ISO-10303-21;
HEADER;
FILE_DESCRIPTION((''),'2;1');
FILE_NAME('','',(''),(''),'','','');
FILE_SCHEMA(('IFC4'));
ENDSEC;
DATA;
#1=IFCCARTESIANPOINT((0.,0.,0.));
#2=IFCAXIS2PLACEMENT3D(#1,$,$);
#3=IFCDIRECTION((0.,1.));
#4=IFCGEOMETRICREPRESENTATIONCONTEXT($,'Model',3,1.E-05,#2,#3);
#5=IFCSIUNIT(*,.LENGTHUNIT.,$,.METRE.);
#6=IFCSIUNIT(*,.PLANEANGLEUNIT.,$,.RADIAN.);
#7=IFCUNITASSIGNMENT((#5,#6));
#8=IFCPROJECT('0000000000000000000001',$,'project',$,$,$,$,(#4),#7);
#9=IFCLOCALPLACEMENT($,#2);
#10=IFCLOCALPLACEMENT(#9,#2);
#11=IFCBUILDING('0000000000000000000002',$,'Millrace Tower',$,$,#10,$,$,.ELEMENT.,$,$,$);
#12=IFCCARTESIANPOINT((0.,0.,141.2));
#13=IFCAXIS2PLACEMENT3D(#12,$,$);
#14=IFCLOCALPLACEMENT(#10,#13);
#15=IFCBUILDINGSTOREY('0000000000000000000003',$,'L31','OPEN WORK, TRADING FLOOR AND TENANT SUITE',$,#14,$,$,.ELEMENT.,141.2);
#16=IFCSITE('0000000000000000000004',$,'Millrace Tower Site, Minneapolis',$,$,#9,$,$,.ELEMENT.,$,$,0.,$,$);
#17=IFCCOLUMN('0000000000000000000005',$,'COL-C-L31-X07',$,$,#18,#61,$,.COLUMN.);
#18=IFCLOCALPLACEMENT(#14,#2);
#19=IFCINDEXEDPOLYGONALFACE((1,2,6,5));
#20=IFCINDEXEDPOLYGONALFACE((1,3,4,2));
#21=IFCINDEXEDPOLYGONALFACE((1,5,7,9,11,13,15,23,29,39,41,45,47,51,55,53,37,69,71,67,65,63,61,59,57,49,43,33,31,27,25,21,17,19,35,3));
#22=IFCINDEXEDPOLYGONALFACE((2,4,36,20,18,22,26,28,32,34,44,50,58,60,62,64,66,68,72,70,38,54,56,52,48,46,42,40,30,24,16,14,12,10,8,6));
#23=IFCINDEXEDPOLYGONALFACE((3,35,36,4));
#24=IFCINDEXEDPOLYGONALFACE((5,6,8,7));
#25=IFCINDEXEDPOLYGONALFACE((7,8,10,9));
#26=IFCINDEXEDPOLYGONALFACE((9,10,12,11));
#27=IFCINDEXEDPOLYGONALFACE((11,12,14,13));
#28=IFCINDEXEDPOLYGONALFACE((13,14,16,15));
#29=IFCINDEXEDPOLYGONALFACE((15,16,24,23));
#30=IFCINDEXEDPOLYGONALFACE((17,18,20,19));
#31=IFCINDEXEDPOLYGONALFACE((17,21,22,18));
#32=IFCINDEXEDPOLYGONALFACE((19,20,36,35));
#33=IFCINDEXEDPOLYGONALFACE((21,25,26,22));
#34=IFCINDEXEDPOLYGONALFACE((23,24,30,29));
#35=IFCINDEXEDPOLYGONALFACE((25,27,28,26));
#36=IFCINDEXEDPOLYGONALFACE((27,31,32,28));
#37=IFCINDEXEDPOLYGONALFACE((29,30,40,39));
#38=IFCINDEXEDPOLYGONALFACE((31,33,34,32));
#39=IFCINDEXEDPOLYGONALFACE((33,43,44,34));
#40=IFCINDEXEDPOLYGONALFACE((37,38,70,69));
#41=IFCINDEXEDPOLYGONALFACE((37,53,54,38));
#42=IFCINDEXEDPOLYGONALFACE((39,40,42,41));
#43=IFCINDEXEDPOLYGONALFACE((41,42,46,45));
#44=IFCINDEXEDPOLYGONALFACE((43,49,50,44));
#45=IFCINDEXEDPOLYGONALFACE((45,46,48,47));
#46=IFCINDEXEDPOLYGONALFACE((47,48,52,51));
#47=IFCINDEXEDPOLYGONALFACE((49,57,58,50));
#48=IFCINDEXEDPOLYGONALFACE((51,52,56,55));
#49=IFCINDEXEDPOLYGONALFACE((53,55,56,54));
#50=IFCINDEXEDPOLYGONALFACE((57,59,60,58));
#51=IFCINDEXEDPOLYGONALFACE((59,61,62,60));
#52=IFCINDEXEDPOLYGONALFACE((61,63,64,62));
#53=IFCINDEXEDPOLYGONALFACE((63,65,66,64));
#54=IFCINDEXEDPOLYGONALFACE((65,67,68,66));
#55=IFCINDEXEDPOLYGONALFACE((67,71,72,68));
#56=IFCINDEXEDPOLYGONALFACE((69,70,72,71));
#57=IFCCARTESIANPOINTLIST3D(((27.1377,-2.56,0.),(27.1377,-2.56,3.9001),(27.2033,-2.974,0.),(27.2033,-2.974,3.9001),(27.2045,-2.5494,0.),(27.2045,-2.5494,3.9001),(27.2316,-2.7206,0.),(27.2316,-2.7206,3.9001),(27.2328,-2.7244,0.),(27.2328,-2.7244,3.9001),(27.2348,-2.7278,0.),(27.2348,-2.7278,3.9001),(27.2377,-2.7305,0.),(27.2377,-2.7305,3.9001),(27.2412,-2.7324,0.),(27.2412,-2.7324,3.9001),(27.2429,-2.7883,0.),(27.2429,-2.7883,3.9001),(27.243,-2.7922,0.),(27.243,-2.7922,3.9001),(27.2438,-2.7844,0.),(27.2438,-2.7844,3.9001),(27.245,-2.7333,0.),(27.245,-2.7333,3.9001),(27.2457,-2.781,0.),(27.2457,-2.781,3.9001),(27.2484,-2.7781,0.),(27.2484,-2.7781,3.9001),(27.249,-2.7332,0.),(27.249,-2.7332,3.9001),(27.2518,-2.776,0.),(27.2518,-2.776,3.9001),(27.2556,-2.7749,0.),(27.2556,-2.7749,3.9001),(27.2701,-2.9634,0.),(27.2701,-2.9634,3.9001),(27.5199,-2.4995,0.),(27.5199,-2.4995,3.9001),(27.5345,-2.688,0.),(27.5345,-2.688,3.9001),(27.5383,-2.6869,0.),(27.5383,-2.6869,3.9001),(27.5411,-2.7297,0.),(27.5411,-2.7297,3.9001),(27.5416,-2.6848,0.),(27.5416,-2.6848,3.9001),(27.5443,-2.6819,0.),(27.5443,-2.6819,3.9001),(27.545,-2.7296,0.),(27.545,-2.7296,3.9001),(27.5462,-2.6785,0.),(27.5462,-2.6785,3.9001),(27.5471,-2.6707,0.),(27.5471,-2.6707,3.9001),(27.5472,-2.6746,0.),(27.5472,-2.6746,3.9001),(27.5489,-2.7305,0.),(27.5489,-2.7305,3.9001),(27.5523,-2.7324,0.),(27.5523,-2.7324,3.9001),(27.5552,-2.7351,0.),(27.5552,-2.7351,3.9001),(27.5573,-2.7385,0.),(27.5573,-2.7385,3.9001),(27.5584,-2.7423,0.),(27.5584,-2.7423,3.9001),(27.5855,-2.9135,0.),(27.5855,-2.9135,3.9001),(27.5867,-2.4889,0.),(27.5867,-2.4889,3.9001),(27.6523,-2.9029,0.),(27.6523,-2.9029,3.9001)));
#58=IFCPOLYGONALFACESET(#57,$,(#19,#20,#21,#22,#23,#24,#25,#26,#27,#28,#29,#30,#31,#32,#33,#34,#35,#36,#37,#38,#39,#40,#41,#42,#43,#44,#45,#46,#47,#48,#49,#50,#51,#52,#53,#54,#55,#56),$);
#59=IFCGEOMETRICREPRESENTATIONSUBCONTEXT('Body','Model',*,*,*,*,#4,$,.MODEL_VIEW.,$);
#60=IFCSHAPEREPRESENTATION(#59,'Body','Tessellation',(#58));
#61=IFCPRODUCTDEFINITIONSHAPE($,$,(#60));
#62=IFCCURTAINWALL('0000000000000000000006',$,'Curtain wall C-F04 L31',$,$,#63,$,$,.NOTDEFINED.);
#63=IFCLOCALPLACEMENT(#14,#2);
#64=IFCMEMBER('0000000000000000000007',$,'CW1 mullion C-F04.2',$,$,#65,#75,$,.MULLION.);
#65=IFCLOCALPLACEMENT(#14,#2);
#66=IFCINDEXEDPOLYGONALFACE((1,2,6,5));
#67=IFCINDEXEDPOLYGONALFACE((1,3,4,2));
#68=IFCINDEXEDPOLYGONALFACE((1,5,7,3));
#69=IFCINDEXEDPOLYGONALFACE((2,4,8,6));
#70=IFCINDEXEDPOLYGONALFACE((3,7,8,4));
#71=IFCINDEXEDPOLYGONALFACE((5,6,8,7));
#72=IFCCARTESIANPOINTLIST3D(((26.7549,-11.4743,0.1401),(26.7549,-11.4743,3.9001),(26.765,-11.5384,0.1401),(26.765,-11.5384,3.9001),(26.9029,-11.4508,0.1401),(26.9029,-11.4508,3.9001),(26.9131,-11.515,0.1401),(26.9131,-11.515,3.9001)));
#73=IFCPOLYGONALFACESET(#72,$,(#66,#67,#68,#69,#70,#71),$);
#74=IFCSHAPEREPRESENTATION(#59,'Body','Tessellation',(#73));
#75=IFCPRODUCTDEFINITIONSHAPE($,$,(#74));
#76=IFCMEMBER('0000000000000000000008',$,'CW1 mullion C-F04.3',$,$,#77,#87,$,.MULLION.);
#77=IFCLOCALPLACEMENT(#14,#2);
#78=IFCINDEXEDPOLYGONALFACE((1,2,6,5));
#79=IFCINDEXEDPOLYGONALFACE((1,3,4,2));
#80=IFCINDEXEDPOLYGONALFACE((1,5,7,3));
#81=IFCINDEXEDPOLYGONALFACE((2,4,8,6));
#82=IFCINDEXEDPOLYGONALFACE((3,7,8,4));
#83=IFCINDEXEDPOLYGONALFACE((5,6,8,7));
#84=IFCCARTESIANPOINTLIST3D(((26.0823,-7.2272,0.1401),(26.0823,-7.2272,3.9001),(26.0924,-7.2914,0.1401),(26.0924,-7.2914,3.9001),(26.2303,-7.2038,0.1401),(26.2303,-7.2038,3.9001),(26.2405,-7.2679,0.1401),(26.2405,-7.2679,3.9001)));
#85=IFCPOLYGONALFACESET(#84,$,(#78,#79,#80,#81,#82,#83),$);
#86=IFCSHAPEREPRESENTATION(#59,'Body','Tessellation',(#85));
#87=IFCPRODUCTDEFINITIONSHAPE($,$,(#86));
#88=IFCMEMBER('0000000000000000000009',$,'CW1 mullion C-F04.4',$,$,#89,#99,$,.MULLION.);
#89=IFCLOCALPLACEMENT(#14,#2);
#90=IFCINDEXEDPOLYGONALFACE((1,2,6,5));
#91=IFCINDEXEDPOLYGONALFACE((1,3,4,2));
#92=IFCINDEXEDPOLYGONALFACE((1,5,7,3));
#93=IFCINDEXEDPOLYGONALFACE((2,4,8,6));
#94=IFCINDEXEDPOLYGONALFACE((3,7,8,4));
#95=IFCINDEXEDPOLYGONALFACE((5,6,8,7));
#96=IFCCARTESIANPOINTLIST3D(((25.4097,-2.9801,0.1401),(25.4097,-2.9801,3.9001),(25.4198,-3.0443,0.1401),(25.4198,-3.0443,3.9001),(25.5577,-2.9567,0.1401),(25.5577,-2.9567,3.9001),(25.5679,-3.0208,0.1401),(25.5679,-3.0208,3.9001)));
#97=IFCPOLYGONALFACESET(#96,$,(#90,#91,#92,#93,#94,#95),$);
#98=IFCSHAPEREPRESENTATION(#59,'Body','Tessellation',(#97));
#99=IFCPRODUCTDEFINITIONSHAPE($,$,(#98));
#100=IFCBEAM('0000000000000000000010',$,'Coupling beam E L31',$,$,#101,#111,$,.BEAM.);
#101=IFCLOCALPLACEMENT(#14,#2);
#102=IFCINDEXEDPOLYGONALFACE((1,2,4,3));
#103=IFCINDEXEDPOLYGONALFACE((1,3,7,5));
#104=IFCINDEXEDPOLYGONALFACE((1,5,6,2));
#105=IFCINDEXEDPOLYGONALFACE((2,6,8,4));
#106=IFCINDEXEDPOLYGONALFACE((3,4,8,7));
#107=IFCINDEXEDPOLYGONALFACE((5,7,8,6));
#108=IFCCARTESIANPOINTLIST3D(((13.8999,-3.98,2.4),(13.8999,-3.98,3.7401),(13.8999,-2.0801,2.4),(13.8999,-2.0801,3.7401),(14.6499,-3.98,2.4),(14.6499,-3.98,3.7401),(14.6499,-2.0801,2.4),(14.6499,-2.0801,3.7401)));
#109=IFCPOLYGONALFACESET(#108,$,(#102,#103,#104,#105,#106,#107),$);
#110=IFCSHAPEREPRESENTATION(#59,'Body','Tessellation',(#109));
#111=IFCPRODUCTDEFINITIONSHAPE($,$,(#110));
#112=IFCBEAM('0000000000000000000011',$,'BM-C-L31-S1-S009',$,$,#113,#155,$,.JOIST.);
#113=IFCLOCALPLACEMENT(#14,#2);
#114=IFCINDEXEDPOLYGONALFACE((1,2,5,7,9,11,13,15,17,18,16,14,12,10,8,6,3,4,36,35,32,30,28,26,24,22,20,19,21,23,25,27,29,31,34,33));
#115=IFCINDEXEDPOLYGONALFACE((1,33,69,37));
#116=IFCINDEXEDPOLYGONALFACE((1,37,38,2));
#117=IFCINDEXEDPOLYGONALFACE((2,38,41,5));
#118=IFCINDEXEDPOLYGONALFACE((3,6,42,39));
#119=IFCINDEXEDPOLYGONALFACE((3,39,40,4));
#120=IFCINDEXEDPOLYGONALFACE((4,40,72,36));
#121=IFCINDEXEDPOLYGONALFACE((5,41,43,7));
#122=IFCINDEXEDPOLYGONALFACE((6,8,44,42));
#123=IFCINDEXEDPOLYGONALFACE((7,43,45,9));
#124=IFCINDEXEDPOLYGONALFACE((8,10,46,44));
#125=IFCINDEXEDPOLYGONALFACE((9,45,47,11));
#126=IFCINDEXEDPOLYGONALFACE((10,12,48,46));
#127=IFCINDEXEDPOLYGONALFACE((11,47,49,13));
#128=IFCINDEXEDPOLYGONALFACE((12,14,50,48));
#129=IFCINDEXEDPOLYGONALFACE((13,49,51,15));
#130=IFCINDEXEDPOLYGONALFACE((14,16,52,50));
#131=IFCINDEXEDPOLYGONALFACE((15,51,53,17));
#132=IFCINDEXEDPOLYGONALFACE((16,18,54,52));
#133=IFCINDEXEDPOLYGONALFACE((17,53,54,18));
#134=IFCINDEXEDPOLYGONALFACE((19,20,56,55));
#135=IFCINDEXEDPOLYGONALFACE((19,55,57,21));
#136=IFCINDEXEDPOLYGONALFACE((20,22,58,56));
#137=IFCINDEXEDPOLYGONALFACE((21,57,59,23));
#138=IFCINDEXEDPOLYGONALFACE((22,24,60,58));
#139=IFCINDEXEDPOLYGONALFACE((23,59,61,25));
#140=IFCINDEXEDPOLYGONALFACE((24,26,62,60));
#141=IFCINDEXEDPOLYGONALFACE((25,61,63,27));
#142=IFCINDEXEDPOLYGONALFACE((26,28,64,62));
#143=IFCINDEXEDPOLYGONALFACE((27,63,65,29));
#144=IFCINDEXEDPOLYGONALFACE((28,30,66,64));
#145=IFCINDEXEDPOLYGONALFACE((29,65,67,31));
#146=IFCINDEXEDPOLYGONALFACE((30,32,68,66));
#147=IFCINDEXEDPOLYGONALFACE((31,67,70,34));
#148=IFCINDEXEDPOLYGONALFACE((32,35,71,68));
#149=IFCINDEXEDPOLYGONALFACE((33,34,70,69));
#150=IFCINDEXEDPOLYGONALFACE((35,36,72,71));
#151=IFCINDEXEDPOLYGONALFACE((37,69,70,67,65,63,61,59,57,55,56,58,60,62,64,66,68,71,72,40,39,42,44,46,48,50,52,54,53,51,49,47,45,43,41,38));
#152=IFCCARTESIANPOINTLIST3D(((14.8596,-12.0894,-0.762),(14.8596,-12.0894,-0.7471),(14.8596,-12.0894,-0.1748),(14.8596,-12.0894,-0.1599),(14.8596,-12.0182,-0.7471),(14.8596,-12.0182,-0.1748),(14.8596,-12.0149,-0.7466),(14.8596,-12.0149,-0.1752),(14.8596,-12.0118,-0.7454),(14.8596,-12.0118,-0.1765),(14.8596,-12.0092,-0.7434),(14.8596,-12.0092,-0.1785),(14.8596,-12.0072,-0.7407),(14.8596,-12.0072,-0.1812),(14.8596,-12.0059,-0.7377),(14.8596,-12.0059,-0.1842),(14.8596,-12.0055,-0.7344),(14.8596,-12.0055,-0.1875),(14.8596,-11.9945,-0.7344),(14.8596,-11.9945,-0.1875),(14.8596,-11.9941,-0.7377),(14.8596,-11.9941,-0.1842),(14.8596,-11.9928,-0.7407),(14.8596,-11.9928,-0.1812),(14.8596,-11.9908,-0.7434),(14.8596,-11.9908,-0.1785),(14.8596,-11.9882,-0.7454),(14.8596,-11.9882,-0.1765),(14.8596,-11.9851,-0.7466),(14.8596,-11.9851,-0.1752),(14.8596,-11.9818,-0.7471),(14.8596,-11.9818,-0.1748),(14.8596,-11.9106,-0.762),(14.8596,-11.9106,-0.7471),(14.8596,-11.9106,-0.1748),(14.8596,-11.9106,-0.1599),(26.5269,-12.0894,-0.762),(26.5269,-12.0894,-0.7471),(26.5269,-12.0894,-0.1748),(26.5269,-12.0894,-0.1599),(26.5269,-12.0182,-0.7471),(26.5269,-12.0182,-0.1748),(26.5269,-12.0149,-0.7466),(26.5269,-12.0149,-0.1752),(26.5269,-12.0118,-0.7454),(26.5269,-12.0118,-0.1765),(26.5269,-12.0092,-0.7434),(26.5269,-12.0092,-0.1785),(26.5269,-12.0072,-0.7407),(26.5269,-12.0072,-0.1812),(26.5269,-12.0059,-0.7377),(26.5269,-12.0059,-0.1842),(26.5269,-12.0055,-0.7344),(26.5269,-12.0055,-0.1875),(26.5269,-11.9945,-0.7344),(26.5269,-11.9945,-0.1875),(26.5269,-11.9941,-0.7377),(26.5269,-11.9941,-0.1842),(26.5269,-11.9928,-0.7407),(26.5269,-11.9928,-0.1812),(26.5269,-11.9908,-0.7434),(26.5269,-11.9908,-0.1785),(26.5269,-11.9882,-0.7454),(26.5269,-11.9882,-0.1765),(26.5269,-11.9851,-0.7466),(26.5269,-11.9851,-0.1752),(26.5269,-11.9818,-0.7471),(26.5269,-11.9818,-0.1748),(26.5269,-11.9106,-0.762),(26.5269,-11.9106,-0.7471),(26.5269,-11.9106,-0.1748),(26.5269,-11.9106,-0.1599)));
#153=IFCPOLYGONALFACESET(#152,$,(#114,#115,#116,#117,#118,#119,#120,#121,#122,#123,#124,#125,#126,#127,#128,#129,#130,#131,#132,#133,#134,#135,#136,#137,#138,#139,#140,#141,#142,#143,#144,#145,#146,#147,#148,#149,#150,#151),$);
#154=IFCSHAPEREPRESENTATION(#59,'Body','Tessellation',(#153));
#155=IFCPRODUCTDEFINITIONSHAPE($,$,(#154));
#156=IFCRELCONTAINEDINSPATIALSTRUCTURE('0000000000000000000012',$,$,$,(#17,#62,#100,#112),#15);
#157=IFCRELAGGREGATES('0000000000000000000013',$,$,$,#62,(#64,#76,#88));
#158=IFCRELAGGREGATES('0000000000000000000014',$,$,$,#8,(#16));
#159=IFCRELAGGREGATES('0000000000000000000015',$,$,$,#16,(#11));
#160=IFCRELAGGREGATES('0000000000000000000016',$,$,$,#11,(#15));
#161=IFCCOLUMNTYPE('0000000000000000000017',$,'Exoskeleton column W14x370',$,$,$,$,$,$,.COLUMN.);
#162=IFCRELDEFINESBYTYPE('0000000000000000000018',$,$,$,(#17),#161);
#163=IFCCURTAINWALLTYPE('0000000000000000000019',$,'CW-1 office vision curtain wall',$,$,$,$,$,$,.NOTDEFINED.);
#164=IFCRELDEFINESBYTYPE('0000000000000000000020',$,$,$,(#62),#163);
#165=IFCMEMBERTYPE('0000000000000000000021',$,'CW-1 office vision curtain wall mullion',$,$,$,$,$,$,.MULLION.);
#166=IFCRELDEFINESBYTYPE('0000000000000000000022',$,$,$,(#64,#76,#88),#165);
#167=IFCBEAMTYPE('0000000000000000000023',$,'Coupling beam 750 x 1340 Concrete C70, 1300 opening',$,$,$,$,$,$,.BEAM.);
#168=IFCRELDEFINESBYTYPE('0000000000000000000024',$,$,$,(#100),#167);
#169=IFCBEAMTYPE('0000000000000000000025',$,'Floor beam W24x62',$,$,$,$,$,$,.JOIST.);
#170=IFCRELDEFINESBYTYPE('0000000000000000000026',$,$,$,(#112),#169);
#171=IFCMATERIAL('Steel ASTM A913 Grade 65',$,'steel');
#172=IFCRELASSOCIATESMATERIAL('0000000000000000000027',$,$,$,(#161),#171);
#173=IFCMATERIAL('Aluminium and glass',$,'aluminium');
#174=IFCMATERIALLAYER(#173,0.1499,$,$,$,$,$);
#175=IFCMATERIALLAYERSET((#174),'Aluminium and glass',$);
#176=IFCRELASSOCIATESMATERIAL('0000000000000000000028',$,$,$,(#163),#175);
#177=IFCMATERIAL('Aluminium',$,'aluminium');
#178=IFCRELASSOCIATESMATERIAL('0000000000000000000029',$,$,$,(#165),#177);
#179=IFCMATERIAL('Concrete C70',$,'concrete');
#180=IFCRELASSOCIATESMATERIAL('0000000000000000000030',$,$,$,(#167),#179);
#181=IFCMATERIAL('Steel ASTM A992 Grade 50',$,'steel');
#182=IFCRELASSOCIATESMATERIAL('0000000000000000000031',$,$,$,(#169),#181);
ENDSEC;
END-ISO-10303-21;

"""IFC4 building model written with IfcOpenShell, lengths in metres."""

from ifc_helpers import new_model, si_unit, direction, frame, origin, origin_2d, place, context, subcontext, project, spatial, rectangle, i_section, extrude, material, layer, layer_set, material_profile, profile_set, type_object, element, aggregate, save


model = new_model("IFC4")

# Units and contexts
model_context = context("Model", 3, precision=1e-05, world=origin(), true_north=direction((0.0, 1.0)))
body_context = subcontext(model_context, "Body", "Model", "MODEL_VIEW")
ifc_project = project(units=[si_unit("LENGTHUNIT", "METRE"), si_unit("PLANEANGLEUNIT", "RADIAN")], contexts=[model_context])

# Site, building, storey
site_placement = place(None, origin())
site = spatial("IfcSite", under=ifc_project, at=site_placement, Name="Millrace Tower Site, Minneapolis", CompositionType="ELEMENT", RefElevation=0.0)
building_placement = place(site_placement, origin())
building = spatial("IfcBuilding", under=site, at=building_placement, Name="Millrace Tower", CompositionType="ELEMENT")
storey_placement = place(building_placement, frame((0.0, 0.0, 141.2)))
storey = spatial("IfcBuildingStorey", under=building, at=storey_placement, Name="L31", Description="OPEN WORK, TRADING FLOOR AND TENANT SUITE", CompositionType="ELEMENT", Elevation=141.2)

# Column
ifc_material_1 = material(Name="Steel ASTM A913 Grade 65", Category="steel")
ifc_material_profile_1 = material_profile(ifc_material_1, i_section(OverallWidth=0.4192, OverallDepth=0.4546, WebThickness=0.0422, FlangeThickness=0.0676, FilletRadius=0.0151, at=origin_2d()))
ifc_profile_set_1 = profile_set([ifc_material_profile_1], Name="Steel ASTM A913 Grade 65")
column_type = type_object("IfcColumnType", Name="Exoskeleton column W14x370", PredefinedType="COLUMN", material=ifc_profile_set_1)
column_placement = place(storey_placement, frame((27.395, -2.7314, 0.0), z_axis=(0.0, 0.0, 1.0), x_axis=(-0.156434, 0.987688, 0.0)))
element("IfcColumn", 1, at=column_placement, inside=storey, type_object=column_type, Name="COL-C-L31-X07", PredefinedType="COLUMN", context=body_context, shape_type="SweptSolid", body=[
    extrude(i_section(OverallWidth=0.4192, OverallDepth=0.4546, WebThickness=0.0422, FlangeThickness=0.0676, FilletRadius=0.0151, at=origin_2d()), origin(), (0.0, 0.0, 1.0), 3.9001),
])

# Curtain wall, members
ifc_material_2 = material(Name="Aluminium and glass", Category="aluminium")
ifc_layer_1 = layer(ifc_material_2, 0.1499)
ifc_layer_set_1 = layer_set([ifc_layer_1], Name="Aluminium and glass")
curtain_wall_type = type_object("IfcCurtainWallType", Name="CW-1 office vision curtain wall", PredefinedType="NOTDEFINED", material=ifc_layer_set_1)
placement = place(storey_placement, origin())
curtain_wall = element("IfcCurtainWall", 2, at=placement, inside=storey, type_object=curtain_wall_type, Name="Curtain wall C-F04 L31", PredefinedType="NOTDEFINED")
ifc_material_3 = material(Name="Aluminium", Category="aluminium")
ifc_material_profile_2 = material_profile(ifc_material_3, rectangle(XDim=0.0649, YDim=0.1499, at=origin_2d()))
ifc_profile_set_2 = profile_set([ifc_material_profile_2], Name="Aluminium")
member_type = type_object("IfcMemberType", Name="CW-1 office vision curtain wall mullion", PredefinedType="MULLION", material=ifc_profile_set_2)
member_1_placement = place(storey_placement, frame((26.834, -11.4946, 0.1401), z_axis=(0.0, 0.0, 1.0), x_axis=(-0.156434, 0.987688, 0.0)))
member_1 = element("IfcMember", 3, at=member_1_placement, type_object=member_type, Name="CW1 mullion C-F04.2", PredefinedType="MULLION", context=body_context, shape_type="SweptSolid", body=[
    extrude(rectangle(XDim=0.0649, YDim=0.1499, at=origin_2d()), origin(), (0.0, 0.0, 1.0), 3.76),
])
member_2_placement = place(storey_placement, frame((26.1614, -7.2476, 0.1401), z_axis=(0.0, 0.0, 1.0), x_axis=(-0.156434, 0.987688, 0.0)))
member_2 = element("IfcMember", 4, at=member_2_placement, type_object=member_type, Name="CW1 mullion C-F04.3", PredefinedType="MULLION", context=body_context, shape_type="SweptSolid", body=[
    extrude(rectangle(XDim=0.0649, YDim=0.1499, at=origin_2d()), origin(), (0.0, 0.0, 1.0), 3.76),
])
member_3_placement = place(storey_placement, frame((25.4888, -3.0005, 0.1401), z_axis=(0.0, 0.0, 1.0), x_axis=(-0.156434, 0.987688, 0.0)))
member_3 = element("IfcMember", 5, at=member_3_placement, type_object=member_type, Name="CW1 mullion C-F04.4", PredefinedType="MULLION", context=body_context, shape_type="SweptSolid", body=[
    extrude(rectangle(XDim=0.0649, YDim=0.1499, at=origin_2d()), origin(), (0.0, 0.0, 1.0), 3.76),
])
aggregate(curtain_wall, [member_1, member_2, member_3])

# Beams
ifc_material_4 = material(Name="Concrete C70", Category="concrete")
ifc_material_profile_3 = material_profile(ifc_material_4, rectangle(XDim=0.75, YDim=1.3401, at=origin_2d()))
ifc_profile_set_3 = profile_set([ifc_material_profile_3], Name="Concrete C70")
beam_type_1 = type_object("IfcBeamType", Name="Coupling beam 750 x 1340 Concrete C70, 1300 opening", PredefinedType="BEAM", material=ifc_profile_set_3)
beam_1_placement = place(storey_placement, frame((14.2749, -2.0801, 3.0701), z_axis=(0.0, -1.0, 0.0), x_axis=(1.0, 0.0, 0.0)))
element("IfcBeam", 6, at=beam_1_placement, inside=storey, type_object=beam_type_1, Name="Coupling beam E L31", PredefinedType="BEAM", context=body_context, shape_type="SweptSolid", body=[
    extrude(rectangle(XDim=0.75, YDim=1.3401, at=origin_2d()), origin(), (0.0, 0.0, 1.0), 1.8999),
])
ifc_material_5 = material(Name="Steel ASTM A992 Grade 50", Category="steel")
ifc_material_profile_4 = material_profile(ifc_material_5, i_section(OverallWidth=0.1787, OverallDepth=0.6021, WebThickness=0.011, FlangeThickness=0.0149, FilletRadius=0.0127, at=origin_2d()))
ifc_profile_set_4 = profile_set([ifc_material_profile_4], Name="Steel ASTM A992 Grade 50")
beam_type_2 = type_object("IfcBeamType", Name="Floor beam W24x62", PredefinedType="JOIST", material=ifc_profile_set_4)
beam_2_placement = place(storey_placement, frame((14.8596, -12.0, -0.4609), z_axis=(1.0, 0.0, 0.0), x_axis=(0.0, 1.0, 0.0)))
element("IfcBeam", 7, at=beam_2_placement, inside=storey, type_object=beam_type_2, Name="BM-C-L31-S1-S009", PredefinedType="JOIST", context=body_context, shape_type="SweptSolid", body=[
    extrude(i_section(OverallWidth=0.1787, OverallDepth=0.6021, WebThickness=0.011, FlangeThickness=0.0149, FilletRadius=0.0127, at=origin_2d()), origin(), (0.0, 0.0, 1.0), 11.6672),
])

save(model, "model.ifc")
